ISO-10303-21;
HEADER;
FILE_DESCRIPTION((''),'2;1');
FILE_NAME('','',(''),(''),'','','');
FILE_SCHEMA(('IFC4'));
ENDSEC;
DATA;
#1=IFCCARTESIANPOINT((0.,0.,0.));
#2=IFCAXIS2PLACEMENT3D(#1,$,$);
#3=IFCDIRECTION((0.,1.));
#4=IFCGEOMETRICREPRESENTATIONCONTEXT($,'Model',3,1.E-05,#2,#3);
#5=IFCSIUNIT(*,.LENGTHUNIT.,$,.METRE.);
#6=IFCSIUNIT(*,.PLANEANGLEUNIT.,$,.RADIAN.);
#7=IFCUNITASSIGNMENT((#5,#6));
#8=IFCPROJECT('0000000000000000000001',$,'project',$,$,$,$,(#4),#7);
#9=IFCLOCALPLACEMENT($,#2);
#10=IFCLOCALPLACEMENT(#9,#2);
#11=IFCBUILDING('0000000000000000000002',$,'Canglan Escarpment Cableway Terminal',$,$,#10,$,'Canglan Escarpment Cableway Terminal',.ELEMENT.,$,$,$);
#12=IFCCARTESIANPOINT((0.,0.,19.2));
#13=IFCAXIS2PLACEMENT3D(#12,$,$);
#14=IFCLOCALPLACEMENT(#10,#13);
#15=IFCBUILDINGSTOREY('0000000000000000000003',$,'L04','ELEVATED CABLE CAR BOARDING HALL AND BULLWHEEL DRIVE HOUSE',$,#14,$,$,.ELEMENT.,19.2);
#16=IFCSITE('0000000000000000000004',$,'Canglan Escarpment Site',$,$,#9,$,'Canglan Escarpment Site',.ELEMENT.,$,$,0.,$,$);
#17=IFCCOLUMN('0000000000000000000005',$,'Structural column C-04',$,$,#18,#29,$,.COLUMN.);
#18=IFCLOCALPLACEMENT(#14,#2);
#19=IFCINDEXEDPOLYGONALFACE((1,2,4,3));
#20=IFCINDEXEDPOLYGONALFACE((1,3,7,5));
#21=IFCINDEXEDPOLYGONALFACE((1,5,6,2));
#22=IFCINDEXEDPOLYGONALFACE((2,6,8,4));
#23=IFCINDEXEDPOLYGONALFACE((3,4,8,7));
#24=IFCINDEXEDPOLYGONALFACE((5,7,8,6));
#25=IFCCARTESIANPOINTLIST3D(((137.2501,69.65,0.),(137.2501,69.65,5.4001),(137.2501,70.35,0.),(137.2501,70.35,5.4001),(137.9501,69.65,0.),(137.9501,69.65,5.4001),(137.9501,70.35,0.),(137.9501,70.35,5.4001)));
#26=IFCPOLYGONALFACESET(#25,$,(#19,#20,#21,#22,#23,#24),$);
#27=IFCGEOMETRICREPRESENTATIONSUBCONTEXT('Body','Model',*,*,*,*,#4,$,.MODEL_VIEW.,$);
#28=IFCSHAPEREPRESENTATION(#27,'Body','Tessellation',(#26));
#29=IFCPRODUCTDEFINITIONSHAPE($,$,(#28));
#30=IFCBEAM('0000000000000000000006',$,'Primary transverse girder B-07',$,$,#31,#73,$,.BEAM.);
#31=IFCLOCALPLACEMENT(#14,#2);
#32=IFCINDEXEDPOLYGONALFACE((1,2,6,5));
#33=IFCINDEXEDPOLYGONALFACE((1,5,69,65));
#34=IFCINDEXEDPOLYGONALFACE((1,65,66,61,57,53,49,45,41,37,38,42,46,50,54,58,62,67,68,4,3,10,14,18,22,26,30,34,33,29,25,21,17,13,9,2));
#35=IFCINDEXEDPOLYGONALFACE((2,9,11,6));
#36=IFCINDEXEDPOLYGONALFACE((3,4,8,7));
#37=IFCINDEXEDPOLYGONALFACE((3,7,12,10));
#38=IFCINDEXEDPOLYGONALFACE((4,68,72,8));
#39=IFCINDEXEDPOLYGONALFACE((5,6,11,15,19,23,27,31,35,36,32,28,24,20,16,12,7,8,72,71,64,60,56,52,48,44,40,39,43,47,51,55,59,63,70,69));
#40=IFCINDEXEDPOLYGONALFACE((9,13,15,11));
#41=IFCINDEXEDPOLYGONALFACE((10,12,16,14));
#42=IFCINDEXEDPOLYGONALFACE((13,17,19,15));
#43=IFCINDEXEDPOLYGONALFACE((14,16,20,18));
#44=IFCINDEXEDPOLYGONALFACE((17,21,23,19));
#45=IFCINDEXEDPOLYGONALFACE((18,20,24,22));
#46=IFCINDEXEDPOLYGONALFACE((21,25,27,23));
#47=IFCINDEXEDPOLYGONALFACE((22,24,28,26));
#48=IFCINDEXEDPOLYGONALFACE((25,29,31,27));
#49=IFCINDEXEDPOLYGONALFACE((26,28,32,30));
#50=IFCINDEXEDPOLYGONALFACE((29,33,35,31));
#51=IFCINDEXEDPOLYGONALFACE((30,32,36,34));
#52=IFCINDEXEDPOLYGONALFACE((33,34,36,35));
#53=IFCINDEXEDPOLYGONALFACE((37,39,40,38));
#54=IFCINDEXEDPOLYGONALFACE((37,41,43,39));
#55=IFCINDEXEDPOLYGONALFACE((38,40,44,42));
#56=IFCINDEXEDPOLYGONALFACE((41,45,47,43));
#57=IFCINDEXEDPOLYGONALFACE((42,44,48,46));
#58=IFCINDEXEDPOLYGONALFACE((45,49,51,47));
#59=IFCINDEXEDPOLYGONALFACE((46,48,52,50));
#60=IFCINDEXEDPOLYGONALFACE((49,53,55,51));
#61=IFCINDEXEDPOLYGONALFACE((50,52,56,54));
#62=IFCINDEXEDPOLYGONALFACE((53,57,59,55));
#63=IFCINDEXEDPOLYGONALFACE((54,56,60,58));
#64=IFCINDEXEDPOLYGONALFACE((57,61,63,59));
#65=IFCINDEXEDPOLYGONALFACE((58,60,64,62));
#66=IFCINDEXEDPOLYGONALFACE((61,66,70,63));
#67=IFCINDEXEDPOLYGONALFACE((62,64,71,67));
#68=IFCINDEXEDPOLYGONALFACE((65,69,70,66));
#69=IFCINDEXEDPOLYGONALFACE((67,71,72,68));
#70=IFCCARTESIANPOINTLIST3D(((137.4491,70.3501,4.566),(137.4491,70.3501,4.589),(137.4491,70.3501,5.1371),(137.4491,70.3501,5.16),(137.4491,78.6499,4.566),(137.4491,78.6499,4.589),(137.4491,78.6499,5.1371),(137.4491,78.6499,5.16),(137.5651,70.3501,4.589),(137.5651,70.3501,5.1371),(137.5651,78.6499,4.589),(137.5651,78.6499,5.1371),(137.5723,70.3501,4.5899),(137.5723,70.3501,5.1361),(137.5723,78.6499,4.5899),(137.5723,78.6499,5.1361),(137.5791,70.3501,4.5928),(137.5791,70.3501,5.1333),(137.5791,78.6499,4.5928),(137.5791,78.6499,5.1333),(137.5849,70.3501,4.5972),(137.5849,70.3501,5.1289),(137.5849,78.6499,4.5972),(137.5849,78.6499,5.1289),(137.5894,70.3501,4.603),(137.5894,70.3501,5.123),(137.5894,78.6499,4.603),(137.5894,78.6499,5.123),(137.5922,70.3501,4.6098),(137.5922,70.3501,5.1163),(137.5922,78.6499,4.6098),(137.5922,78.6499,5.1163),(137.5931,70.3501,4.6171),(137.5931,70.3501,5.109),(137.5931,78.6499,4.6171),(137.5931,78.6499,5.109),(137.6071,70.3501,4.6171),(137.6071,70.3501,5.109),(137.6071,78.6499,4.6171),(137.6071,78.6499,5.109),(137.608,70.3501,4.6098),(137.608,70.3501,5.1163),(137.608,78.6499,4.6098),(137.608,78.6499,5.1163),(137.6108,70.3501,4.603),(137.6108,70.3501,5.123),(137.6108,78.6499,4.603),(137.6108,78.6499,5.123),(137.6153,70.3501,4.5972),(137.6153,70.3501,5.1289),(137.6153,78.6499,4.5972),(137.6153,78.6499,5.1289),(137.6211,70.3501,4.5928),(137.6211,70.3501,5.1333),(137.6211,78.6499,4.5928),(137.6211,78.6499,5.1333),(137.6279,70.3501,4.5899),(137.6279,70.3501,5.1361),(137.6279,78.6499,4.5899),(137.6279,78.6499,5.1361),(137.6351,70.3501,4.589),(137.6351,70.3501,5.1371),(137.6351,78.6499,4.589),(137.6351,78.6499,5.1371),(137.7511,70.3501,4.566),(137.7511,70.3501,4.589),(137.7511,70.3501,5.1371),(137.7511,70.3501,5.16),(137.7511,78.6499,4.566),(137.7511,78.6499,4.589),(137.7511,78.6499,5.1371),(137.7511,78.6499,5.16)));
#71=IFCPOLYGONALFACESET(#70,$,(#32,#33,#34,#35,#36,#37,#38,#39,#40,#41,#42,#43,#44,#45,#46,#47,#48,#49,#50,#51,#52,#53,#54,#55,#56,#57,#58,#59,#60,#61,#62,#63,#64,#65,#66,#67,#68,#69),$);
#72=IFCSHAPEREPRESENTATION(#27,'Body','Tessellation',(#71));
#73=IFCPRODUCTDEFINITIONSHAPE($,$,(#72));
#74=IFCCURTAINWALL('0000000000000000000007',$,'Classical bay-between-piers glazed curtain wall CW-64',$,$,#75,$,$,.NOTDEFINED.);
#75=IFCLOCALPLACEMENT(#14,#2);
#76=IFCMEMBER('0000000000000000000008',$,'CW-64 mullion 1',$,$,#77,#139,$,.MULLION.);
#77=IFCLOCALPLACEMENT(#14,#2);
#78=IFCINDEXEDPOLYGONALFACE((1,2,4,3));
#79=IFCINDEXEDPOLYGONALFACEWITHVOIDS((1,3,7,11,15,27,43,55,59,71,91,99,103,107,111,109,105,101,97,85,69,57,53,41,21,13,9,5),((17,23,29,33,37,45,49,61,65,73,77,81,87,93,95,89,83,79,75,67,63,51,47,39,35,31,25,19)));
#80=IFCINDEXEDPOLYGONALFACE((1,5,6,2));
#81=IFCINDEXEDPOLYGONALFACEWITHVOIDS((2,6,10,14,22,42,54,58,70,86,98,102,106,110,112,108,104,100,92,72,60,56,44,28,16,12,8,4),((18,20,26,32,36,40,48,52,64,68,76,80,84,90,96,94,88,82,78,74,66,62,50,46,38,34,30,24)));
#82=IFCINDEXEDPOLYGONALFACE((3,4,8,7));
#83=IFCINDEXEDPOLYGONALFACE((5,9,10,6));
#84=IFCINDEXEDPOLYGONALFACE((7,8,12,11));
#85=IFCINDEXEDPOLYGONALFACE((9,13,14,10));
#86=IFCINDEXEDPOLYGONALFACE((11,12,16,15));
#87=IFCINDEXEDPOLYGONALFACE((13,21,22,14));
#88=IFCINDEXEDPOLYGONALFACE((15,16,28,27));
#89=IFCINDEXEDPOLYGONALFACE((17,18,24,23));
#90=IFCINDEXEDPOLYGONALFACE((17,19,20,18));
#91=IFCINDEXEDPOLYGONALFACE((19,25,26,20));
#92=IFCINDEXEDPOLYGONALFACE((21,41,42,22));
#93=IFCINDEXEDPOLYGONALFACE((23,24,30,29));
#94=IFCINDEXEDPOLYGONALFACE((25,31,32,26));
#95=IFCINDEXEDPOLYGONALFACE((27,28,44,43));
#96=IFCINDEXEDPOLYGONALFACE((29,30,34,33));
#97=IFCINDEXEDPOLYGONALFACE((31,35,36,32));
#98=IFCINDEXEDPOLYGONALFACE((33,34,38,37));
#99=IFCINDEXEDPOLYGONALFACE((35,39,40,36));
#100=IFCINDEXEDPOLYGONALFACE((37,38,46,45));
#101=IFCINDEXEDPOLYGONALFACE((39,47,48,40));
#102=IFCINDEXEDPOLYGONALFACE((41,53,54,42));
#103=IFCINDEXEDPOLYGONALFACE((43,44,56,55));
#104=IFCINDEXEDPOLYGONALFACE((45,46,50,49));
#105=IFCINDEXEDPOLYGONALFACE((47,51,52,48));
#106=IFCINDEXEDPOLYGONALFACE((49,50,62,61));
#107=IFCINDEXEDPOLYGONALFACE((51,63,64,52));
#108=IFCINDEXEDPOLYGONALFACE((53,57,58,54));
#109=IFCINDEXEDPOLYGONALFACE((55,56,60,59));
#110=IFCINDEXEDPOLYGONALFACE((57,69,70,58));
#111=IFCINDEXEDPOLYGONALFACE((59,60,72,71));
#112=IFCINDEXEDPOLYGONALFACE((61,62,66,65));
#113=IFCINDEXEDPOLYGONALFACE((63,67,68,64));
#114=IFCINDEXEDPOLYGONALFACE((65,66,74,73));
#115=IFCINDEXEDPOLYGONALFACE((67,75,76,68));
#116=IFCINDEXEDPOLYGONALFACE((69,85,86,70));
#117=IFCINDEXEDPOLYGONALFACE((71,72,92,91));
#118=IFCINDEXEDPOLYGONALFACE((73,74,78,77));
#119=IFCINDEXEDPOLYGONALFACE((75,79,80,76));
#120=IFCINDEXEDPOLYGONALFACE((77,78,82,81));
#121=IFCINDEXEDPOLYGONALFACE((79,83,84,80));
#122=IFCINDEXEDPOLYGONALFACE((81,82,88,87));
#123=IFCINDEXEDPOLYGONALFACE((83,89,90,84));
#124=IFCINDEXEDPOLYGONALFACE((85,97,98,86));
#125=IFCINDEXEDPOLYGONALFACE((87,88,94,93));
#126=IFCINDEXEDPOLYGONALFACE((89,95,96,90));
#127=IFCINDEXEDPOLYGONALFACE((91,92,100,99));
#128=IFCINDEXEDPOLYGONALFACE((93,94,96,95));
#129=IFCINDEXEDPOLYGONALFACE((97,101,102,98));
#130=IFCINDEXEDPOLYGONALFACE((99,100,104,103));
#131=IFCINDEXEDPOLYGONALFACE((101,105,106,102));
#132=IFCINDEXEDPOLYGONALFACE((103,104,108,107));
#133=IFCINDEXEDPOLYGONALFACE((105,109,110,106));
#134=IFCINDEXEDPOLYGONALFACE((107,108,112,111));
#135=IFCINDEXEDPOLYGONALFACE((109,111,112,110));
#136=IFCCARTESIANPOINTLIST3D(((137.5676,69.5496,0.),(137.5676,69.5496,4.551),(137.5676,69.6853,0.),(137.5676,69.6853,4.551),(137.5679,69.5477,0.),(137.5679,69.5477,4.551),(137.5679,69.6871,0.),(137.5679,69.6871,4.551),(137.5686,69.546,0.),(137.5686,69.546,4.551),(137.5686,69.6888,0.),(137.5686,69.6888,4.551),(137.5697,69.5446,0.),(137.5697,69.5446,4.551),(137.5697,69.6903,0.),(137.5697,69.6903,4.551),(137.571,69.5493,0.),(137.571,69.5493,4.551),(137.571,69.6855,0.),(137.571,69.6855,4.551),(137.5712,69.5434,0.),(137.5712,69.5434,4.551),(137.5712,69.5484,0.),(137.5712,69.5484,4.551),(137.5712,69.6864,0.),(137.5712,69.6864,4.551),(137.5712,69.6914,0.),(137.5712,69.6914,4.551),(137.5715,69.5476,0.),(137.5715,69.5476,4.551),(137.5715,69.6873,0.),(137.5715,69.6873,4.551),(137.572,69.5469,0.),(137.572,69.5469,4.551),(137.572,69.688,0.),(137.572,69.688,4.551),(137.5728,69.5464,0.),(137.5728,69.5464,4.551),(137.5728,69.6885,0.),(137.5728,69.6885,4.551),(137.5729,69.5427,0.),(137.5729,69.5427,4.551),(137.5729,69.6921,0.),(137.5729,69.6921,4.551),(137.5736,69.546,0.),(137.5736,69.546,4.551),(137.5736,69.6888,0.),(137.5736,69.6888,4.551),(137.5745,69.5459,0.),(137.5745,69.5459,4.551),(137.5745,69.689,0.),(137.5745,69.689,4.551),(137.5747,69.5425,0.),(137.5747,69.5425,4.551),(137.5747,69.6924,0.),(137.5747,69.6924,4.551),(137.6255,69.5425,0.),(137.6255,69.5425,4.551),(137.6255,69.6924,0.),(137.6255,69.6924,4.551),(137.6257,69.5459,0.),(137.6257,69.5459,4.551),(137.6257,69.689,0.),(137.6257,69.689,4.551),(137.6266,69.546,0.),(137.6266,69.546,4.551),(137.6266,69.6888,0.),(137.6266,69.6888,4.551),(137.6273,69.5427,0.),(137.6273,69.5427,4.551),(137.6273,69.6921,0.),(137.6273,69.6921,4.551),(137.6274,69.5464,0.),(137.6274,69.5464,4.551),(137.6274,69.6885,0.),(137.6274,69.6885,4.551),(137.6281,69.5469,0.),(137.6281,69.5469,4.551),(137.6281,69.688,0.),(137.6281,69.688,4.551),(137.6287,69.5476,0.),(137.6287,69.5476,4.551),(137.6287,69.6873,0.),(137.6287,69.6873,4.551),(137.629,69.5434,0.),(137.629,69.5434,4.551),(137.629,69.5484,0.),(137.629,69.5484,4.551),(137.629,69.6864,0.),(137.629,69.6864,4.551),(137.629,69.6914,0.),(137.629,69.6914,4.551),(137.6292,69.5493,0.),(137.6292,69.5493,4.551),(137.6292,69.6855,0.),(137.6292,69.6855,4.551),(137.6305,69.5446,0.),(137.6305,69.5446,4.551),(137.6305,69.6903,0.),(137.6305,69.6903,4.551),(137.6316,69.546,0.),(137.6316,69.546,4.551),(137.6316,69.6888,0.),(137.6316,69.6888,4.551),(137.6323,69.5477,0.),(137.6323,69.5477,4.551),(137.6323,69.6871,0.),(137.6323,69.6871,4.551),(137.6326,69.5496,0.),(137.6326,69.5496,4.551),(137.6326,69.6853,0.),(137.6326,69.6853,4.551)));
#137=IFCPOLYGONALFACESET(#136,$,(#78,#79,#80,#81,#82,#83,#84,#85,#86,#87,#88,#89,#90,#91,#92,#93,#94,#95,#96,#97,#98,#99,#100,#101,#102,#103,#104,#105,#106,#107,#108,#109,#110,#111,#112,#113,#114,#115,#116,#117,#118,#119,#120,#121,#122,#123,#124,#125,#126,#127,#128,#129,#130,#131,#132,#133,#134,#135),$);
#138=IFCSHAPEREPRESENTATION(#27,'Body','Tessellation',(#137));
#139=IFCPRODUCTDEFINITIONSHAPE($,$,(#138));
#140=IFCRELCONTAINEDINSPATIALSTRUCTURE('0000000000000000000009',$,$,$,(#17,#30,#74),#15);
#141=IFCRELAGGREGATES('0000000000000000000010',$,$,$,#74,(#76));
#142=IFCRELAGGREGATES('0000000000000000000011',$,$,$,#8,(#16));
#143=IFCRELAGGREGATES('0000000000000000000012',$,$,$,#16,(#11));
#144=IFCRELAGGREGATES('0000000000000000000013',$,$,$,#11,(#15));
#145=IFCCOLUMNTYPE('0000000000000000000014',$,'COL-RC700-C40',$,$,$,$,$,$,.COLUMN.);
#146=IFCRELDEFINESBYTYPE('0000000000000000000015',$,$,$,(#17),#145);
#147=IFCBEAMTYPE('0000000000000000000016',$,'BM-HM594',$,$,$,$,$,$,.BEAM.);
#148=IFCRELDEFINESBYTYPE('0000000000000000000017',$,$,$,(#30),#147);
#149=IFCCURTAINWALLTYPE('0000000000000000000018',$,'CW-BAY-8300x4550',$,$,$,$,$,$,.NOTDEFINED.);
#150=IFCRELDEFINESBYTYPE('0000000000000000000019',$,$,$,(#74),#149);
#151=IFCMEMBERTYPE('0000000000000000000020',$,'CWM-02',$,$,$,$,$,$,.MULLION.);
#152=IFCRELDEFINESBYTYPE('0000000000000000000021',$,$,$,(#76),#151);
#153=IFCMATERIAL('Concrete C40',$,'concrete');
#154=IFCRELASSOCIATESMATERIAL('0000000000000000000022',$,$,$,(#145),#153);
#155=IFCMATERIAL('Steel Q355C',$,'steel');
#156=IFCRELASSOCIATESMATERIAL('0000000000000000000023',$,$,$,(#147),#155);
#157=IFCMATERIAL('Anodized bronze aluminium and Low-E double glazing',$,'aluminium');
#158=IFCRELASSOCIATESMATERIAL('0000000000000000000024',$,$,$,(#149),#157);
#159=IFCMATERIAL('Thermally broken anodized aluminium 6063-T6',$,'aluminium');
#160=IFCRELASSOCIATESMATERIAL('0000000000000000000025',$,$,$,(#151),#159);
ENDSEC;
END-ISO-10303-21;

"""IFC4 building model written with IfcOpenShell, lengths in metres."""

from ifc_helpers import new_model, si_unit, direction, frame, origin, origin_2d, place, context, subcontext, project, spatial, rectangle, hollow_rectangle, i_section, extrude, material, material_profile, profile_set, type_object, element, aggregate, save


model = new_model("IFC4")

# Units and contexts
model_context = context("Model", 3, precision=1e-05, world=origin(), true_north=direction((0.0, 1.0)))
body_context = subcontext(model_context, "Body", "Model", "MODEL_VIEW")
ifc_project = project(units=[si_unit("LENGTHUNIT", "METRE"), si_unit("PLANEANGLEUNIT", "RADIAN")], contexts=[model_context])

# Site, building, storey
site_placement = place(None, origin())
site = spatial("IfcSite", under=ifc_project, at=site_placement, Name="Canglan Escarpment Site", LongName="Canglan Escarpment Site", CompositionType="ELEMENT", RefElevation=0.0)
building_placement = place(site_placement, origin())
building = spatial("IfcBuilding", under=site, at=building_placement, Name="Canglan Escarpment Cableway Terminal", LongName="Canglan Escarpment Cableway Terminal", CompositionType="ELEMENT")
storey_placement = place(building_placement, frame((0.0, 0.0, 19.2)))
storey = spatial("IfcBuildingStorey", under=building, at=storey_placement, Name="L04", Description="ELEVATED CABLE CAR BOARDING HALL AND BULLWHEEL DRIVE HOUSE", CompositionType="ELEMENT", Elevation=19.2)

# Column
ifc_material_1 = material(Name="Concrete C40", Category="concrete")
ifc_material_profile_1 = material_profile(ifc_material_1, rectangle(XDim=0.7, YDim=0.7, at=origin_2d()), Name="RC 700x700")
ifc_profile_set_1 = profile_set([ifc_material_profile_1], Name="Concrete C40")
column_type = type_object("IfcColumnType", Name="COL-RC700-C40", PredefinedType="COLUMN", material=ifc_profile_set_1)
column_placement = place(storey_placement, frame((137.6001, 70.0, 0.0), z_axis=(0.0, 0.0, 1.0), x_axis=(1.0, 0.0, 0.0)))
element("IfcColumn", 1, at=column_placement, inside=storey, type_object=column_type, Name="Structural column C-04", PredefinedType="COLUMN", context=body_context, shape_type="SweptSolid", body=[
    extrude(rectangle(XDim=0.7, YDim=0.7, at=origin_2d()), origin(), (0.0, 0.0, 1.0), 5.4001),
])

# Beam
ifc_material_2 = material(Name="Steel Q355C", Category="steel")
ifc_material_profile_2 = material_profile(ifc_material_2, i_section(OverallWidth=0.302, OverallDepth=0.594, WebThickness=0.0139, FlangeThickness=0.0229, FilletRadius=0.0281, at=origin_2d()), Name="HM 594x302x14x23")
ifc_profile_set_2 = profile_set([ifc_material_profile_2], Name="Steel Q355C")
beam_type = type_object("IfcBeamType", Name="BM-HM594", PredefinedType="BEAM", material=ifc_profile_set_2)
beam_placement = place(storey_placement, frame((137.6001, 70.3501, 4.863), z_axis=(0.0, 1.0, 0.0), x_axis=(-1.0, 0.0, 0.0)))
element("IfcBeam", 2, at=beam_placement, inside=storey, type_object=beam_type, Name="Primary transverse girder B-07", PredefinedType="BEAM", context=body_context, shape_type="SweptSolid", body=[
    extrude(i_section(OverallWidth=0.302, OverallDepth=0.594, WebThickness=0.0139, FlangeThickness=0.0229, FilletRadius=0.0281, at=origin_2d()), origin(), (0.0, 0.0, 1.0), 8.2998),
])

# Curtain wall, member
ifc_material_3 = material(Name="Anodized bronze aluminium and Low-E double glazing", Category="aluminium")
curtain_wall_type = type_object("IfcCurtainWallType", Name="CW-BAY-8300x4550", PredefinedType="NOTDEFINED", material=ifc_material_3)
curtain_wall_1_placement = place(storey_placement, origin())
curtain_wall_1 = element("IfcCurtainWall", 3, at=curtain_wall_1_placement, inside=storey, type_object=curtain_wall_type, Name="Classical bay-between-piers glazed curtain wall CW-64", PredefinedType="NOTDEFINED")
ifc_material_4 = material(Name="Thermally broken anodized aluminium 6063-T6", Category="aluminium")
ifc_material_profile_3 = material_profile(ifc_material_4, hollow_rectangle(XDim=0.0649, YDim=0.1499, WallThickness=0.0034, InnerFilletRadius=0.0034, OuterFilletRadius=0.0071, at=origin_2d()), Name="ALU-MULL 65x150x3.5")
ifc_profile_set_3 = profile_set([ifc_material_profile_3], Name="Thermally broken anodized aluminium 6063-T6")
member_type_1 = type_object("IfcMemberType", Name="CWM-02", PredefinedType="MULLION", material=ifc_profile_set_3)
member_1_placement = place(storey_placement, frame((137.6001, 69.6174, 0.0), z_axis=(0.0, 0.0, 1.0), x_axis=(1.0, 0.0, 0.0)))
member_1 = element("IfcMember", 4, at=member_1_placement, type_object=member_type_1, Name="CW-64 mullion 1", PredefinedType="MULLION", context=body_context, shape_type="SweptSolid", body=[
    extrude(hollow_rectangle(XDim=0.0649, YDim=0.1499, WallThickness=0.0034, InnerFilletRadius=0.0034, OuterFilletRadius=0.0071, at=origin_2d()), origin(), (0.0, 0.0, 1.0), 4.551),
])

aggregate(curtain_wall_1, [member_1])

save(model, "model.ifc")
